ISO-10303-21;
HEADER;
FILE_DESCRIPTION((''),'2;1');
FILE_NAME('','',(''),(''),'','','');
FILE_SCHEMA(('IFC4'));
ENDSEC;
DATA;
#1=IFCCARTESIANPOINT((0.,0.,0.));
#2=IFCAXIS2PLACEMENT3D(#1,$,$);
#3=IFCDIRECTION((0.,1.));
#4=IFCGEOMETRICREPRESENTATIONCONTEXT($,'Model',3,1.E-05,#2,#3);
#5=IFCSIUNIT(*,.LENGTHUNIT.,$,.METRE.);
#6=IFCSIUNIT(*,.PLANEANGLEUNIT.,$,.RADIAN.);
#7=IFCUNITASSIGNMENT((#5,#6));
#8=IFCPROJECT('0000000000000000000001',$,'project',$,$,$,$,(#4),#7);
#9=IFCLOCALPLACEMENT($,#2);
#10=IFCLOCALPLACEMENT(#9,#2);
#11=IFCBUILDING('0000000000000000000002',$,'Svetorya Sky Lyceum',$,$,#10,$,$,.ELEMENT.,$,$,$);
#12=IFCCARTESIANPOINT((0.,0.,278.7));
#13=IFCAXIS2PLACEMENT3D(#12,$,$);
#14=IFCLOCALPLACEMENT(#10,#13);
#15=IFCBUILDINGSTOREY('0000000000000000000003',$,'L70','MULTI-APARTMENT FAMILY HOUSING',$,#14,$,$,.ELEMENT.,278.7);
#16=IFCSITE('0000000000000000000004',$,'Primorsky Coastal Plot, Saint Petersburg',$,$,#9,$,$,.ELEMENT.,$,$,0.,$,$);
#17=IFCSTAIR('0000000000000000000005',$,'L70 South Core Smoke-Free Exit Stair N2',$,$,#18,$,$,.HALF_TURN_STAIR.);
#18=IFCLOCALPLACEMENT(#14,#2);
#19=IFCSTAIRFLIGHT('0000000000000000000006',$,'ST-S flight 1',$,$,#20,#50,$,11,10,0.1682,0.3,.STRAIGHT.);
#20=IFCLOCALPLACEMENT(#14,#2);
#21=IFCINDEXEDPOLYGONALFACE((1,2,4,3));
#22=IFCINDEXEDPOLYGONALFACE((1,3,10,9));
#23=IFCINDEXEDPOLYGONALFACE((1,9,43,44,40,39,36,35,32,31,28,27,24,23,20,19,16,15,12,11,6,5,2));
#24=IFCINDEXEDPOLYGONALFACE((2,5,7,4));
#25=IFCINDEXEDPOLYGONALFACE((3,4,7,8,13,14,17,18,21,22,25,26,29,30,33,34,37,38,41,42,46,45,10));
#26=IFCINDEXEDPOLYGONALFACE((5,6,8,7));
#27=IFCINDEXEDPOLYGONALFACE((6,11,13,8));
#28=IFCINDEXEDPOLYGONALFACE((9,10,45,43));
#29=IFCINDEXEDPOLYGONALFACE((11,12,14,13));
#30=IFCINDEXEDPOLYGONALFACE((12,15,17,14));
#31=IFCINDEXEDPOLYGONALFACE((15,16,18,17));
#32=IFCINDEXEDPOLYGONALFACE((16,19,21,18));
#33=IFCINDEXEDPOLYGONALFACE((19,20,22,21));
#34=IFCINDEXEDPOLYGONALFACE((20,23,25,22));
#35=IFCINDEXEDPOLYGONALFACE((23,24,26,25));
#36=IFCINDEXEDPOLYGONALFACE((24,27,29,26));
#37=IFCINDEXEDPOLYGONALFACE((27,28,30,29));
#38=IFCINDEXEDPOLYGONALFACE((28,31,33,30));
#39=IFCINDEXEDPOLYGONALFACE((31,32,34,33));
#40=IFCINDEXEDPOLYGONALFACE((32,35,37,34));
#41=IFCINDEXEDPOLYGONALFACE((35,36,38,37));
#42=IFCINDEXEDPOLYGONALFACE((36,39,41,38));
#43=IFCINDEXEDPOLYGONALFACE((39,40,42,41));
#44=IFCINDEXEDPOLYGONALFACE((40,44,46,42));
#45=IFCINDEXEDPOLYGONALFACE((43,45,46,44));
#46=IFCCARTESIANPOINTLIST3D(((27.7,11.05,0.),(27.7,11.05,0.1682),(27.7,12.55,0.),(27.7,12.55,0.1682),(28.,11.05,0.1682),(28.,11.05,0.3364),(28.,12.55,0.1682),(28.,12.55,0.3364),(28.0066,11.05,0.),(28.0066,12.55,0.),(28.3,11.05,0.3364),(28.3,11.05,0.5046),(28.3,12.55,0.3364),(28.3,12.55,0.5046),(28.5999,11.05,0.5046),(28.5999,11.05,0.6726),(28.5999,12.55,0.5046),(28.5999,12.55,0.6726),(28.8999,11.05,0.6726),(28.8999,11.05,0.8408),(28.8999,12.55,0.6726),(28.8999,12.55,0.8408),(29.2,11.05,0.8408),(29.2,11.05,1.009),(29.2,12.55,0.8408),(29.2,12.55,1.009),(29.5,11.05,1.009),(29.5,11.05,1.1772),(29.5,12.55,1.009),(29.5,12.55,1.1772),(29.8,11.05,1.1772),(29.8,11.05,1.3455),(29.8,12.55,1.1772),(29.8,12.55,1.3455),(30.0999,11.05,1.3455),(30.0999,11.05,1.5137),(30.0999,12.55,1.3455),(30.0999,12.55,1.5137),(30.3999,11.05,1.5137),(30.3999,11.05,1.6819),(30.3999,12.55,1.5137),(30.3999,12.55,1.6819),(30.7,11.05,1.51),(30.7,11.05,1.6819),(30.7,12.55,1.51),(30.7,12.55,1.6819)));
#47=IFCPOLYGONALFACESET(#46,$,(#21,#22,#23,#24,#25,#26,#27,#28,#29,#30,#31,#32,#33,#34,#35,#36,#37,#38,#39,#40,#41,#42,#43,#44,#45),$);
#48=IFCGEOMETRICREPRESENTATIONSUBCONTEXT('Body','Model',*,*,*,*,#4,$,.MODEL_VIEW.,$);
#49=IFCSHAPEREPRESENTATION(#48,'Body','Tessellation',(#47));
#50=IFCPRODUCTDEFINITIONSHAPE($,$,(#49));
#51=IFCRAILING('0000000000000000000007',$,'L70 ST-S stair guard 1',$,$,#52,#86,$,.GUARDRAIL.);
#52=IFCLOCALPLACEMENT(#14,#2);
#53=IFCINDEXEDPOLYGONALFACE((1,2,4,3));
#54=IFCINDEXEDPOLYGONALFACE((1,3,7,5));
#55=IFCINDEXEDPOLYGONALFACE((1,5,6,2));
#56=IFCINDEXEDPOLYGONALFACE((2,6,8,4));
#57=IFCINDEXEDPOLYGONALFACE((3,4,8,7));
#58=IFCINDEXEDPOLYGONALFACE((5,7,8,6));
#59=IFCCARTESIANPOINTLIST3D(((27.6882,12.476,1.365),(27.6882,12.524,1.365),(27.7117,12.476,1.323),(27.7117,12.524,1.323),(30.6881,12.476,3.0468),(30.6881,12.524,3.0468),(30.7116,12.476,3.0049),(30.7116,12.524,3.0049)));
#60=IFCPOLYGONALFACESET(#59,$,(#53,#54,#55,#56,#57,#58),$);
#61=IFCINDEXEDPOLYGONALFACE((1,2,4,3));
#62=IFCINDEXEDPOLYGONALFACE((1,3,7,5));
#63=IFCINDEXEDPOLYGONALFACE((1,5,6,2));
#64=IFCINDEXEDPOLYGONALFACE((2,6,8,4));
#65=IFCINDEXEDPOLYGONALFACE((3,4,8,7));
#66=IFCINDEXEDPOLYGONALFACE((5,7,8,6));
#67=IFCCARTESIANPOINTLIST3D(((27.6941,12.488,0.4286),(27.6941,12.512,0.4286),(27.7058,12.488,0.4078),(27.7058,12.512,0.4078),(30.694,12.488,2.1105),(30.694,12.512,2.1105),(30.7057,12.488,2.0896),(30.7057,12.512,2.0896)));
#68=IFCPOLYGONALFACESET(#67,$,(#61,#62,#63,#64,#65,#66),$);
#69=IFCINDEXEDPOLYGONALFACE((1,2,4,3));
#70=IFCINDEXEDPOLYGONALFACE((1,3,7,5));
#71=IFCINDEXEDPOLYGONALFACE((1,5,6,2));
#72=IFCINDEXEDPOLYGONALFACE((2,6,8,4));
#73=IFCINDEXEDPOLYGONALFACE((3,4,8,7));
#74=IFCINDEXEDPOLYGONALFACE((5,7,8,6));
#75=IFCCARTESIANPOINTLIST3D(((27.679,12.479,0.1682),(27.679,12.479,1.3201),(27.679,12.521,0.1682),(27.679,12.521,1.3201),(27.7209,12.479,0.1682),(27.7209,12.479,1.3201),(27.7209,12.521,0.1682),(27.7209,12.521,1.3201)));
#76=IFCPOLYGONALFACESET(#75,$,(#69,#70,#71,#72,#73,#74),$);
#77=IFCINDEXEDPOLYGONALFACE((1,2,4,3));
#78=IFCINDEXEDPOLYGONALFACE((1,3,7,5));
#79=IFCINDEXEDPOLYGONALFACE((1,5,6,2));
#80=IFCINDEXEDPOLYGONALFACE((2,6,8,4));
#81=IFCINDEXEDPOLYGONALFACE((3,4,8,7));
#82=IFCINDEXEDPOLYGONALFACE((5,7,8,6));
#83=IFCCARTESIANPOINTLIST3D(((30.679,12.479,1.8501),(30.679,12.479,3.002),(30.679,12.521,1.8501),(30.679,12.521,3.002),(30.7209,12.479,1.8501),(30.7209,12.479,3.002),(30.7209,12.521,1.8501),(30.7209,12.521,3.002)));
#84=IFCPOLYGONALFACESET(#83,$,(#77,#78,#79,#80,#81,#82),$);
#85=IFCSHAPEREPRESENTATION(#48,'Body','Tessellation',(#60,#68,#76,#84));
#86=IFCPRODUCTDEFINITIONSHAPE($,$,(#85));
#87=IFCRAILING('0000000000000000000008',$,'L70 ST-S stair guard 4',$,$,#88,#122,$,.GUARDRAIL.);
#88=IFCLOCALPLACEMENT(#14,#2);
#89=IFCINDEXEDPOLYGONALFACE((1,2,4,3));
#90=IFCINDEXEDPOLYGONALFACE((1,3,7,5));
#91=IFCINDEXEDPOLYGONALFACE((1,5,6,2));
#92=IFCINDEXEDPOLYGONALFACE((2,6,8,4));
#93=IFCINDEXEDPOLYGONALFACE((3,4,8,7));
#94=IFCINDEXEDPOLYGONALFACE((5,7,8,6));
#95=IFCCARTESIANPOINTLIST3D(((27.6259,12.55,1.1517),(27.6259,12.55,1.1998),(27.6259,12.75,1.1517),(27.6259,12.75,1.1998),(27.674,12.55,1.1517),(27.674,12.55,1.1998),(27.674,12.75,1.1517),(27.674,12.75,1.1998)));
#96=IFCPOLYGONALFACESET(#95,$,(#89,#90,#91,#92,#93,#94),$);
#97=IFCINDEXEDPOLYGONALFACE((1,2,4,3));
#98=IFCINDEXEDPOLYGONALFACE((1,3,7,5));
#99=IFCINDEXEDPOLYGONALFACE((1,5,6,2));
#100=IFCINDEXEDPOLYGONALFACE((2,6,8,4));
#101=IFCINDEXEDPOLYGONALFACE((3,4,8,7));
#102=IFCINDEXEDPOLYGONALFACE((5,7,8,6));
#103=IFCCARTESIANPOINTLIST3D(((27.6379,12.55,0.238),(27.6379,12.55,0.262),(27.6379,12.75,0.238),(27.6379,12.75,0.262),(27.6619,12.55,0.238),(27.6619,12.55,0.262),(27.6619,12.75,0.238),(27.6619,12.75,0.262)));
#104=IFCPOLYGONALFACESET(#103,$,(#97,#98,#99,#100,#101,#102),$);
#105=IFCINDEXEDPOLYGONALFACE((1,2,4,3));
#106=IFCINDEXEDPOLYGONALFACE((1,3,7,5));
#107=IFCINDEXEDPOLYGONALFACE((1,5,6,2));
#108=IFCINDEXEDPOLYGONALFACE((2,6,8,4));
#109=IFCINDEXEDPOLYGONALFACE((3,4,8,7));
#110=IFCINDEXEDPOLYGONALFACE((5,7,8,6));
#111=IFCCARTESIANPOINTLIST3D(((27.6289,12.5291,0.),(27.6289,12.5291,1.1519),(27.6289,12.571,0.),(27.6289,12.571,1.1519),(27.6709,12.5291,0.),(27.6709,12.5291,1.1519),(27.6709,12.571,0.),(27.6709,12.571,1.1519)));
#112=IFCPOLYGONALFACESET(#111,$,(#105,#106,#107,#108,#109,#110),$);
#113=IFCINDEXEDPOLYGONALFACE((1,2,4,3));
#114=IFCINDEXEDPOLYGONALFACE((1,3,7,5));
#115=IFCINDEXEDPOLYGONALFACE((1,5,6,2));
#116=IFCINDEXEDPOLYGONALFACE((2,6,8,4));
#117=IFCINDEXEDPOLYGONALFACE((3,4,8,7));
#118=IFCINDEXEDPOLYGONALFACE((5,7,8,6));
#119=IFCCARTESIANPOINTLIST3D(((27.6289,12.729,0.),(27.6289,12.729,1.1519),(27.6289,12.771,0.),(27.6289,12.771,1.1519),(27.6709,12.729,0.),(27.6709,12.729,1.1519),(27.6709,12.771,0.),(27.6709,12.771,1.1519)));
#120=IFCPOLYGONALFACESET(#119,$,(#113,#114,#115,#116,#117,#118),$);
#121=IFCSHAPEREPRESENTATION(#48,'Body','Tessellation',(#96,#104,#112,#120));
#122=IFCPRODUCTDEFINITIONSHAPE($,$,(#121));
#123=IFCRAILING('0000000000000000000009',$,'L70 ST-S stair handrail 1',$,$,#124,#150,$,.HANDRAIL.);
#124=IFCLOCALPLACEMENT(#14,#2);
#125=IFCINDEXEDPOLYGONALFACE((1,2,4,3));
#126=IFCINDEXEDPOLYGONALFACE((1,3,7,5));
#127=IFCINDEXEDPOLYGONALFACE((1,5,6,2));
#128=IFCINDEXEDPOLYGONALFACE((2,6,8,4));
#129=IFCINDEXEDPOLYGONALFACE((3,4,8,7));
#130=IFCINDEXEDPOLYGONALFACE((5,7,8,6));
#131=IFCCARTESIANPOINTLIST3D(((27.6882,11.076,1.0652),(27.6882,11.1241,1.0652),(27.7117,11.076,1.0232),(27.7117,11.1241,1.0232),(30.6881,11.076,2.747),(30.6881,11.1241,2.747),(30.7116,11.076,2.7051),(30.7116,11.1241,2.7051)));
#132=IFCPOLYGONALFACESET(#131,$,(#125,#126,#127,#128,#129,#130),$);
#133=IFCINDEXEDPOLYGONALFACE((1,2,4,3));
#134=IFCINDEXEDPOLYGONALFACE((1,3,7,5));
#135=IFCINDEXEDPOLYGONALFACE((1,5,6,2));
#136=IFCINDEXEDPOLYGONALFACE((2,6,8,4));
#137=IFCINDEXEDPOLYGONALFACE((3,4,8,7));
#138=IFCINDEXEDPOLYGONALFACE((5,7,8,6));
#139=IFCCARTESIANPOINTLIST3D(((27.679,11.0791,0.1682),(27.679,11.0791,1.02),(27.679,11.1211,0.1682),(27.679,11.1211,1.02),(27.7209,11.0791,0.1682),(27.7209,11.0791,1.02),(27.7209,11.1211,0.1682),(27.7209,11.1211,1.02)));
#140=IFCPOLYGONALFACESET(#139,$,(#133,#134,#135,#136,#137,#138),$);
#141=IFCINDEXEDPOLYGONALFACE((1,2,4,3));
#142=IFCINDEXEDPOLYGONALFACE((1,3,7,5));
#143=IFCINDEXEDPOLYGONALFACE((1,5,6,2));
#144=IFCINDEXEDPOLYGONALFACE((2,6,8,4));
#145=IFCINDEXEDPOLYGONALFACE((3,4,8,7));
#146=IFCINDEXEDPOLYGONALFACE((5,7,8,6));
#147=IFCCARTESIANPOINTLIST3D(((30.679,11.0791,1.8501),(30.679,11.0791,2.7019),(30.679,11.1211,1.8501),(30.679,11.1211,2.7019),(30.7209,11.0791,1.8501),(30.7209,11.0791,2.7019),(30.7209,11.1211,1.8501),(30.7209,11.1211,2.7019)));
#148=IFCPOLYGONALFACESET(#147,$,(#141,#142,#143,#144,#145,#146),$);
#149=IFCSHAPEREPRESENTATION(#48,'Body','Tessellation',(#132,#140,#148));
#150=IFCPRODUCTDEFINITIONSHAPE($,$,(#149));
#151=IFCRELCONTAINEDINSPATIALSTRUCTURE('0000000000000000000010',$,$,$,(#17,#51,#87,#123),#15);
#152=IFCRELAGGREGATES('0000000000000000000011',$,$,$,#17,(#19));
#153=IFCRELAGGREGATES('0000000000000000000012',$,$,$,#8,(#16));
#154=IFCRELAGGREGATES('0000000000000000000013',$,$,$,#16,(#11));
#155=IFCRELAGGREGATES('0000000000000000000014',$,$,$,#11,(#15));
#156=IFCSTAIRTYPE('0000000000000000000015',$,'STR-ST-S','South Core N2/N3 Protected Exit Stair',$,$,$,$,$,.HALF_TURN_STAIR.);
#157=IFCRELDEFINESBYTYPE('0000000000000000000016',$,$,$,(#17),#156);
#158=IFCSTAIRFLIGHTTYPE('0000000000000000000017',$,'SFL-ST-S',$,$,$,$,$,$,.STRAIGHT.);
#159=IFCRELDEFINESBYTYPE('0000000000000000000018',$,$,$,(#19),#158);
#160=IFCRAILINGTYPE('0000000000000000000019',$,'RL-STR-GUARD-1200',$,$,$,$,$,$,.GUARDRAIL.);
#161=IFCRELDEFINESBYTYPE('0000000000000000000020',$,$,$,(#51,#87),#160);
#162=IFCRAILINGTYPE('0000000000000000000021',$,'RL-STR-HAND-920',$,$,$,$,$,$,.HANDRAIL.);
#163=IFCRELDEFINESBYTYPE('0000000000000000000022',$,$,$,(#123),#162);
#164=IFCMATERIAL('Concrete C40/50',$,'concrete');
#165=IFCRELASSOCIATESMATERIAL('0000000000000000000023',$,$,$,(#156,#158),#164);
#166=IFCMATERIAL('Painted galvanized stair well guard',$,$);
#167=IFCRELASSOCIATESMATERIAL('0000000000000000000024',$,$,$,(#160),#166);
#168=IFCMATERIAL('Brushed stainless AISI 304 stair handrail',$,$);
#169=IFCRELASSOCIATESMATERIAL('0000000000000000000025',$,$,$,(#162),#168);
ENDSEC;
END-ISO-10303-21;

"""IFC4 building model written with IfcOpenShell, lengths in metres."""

from ifc_helpers import new_model, si_unit, direction, frame, origin, origin_2d, place, context, subcontext, project, spatial, polyline, rectangle, outline, extrude, material, type_object, element, aggregate, save


model = new_model("IFC4")

# Units and contexts
model_context = context("Model", 3, precision=1e-05, world=origin(), true_north=direction((0.0, 1.0)))
body_context = subcontext(model_context, "Body", "Model", "MODEL_VIEW")
ifc_project = project(units=[si_unit("LENGTHUNIT", "METRE"), si_unit("PLANEANGLEUNIT", "RADIAN")], contexts=[model_context])

# Site, building, storey
site_placement = place(None, origin())
site = spatial("IfcSite", under=ifc_project, at=site_placement, Name="Primorsky Coastal Plot, Saint Petersburg", CompositionType="ELEMENT", RefElevation=0.0)
building_placement = place(site_placement, origin())
building = spatial("IfcBuilding", under=site, at=building_placement, Name="Svetorya Sky Lyceum", CompositionType="ELEMENT")
storey_placement = place(building_placement, frame((0.0, 0.0, 278.7)))
storey = spatial("IfcBuildingStorey", under=building, at=storey_placement, Name="L70", Description="MULTI-APARTMENT FAMILY HOUSING", CompositionType="ELEMENT", Elevation=278.7)

# Shared definitions
ifc_material_1 = material(Name="Concrete C40/50", Category="concrete")

# Stair, stair flight
stair_type = type_object("IfcStairType", Name="STR-ST-S", Description="South Core N2/N3 Protected Exit Stair", PredefinedType="HALF_TURN_STAIR", material=ifc_material_1)
stair_placement = place(storey_placement, origin())
stair = element("IfcStair", 1, at=stair_placement, inside=storey, type_object=stair_type, Name="L70 South Core Smoke-Free Exit Stair N2", PredefinedType="HALF_TURN_STAIR")
stair_flight_type = type_object("IfcStairFlightType", Name="SFL-ST-S", PredefinedType="STRAIGHT", material=ifc_material_1)
stair_flight_placement = place(storey_placement, frame((27.7, 11.8, 0.0), z_axis=(0.0, 0.0, 1.0), x_axis=(1.0, 0.0, 0.0)))
stair_flight = element("IfcStairFlight", 2, at=stair_flight_placement, type_object=stair_flight_type, Name="ST-S flight 1", NumberOfRisers=11, NumberOfTreads=10, PredefinedType="STRAIGHT", RiserHeight=0.1682, TreadLength=0.3, context=body_context, shape_type="SweptSolid", body=[
    extrude(outline(polyline([(0.0, 0.0), (0.0, 0.1682), (0.3, 0.1682), (0.3, 0.3364), (0.6001, 0.3364), (0.6001, 0.5046), (0.8999, 0.5046), (0.8999, 0.6726), (1.2, 0.6726), (1.2, 0.8408), (1.5, 0.8408), (1.5, 1.009), (1.8, 1.009), (1.8, 1.1772), (2.1001, 1.1772), (2.1001, 1.3455), (2.3999, 1.3455), (2.3999, 1.5137), (2.7, 1.5137), (2.7, 1.6819), (3.0, 1.6819), (3.0, 1.8501), (3.0, 1.51), (0.3066, 0.0), (0.0, 0.0)])), frame((0.0, 0.75, 0.0), z_axis=(0.0, -1.0, 0.0), x_axis=(1.0, 0.0, 0.0)), (0.0, 0.0, 1.0), 1.5),
])
aggregate(stair, [stair_flight])

# Railings
ifc_material_2 = material(Name="Painted galvanized stair well guard")
railing_type_1 = type_object("IfcRailingType", Name="RL-STR-GUARD-1200", PredefinedType="GUARDRAIL", material=ifc_material_2)
railing_1_placement = place(storey_placement, frame((27.7, 12.5, 0.1682)))
element("IfcRailing", 3, at=railing_1_placement, inside=storey, type_object=railing_type_1, Name="L70 ST-S stair guard 1", PredefinedType="GUARDRAIL", context=body_context, shape_type="SweptSolid", body=[
    extrude(rectangle(XDim=0.0481, YDim=0.0481, at=origin_2d()), frame((0.0, 0.0, 1.1758), z_axis=(0.872272, 0.0, 0.48902), x_axis=(0.0, 1.0, 0.0)), (0.0, 0.0, 1.0), 3.4392),
    extrude(rectangle(XDim=0.0239, YDim=0.0239, at=origin_2d()), frame((0.0, 0.0, 0.25), z_axis=(0.872272, 0.0, 0.48902), x_axis=(0.0, 1.0, 0.0)), (0.0, 0.0, 1.0), 3.4392),
    extrude(rectangle(XDim=0.042, YDim=0.042, at=origin_2d()), origin(), (0.0, 0.0, 1.0), 1.1519),
    extrude(rectangle(XDim=0.042, YDim=0.042, at=origin_2d()), frame((3.0, 0.0, 1.6819)), (0.0, 0.0, 1.0), 1.1519),
])
railing_2_placement = place(storey_placement, frame((27.6499, 12.55, 0.0)))
element("IfcRailing", 4, at=railing_2_placement, inside=storey, type_object=railing_type_1, Name="L70 ST-S stair guard 4", PredefinedType="GUARDRAIL", context=body_context, shape_type="SweptSolid", body=[
    extrude(rectangle(XDim=0.0481, YDim=0.0481, at=origin_2d()), frame((0.0, 0.0, 1.1758), z_axis=(0.0, 1.0, 0.0), x_axis=(-1.0, 0.0, 0.0)), (0.0, 0.0, 1.0), 0.2),
    extrude(rectangle(XDim=0.0239, YDim=0.0239, at=origin_2d()), frame((0.0, 0.0, 0.25), z_axis=(0.0, 1.0, 0.0), x_axis=(-1.0, 0.0, 0.0)), (0.0, 0.0, 1.0), 0.2),
    extrude(rectangle(XDim=0.042, YDim=0.042, at=origin_2d()), origin(), (0.0, 0.0, 1.0), 1.1519),
    extrude(rectangle(XDim=0.042, YDim=0.042, at=origin_2d()), frame((0.0, 0.2, 0.0)), (0.0, 0.0, 1.0), 1.1519),
])
ifc_material_3 = material(Name="Brushed stainless AISI 304 stair handrail")
railing_type_2 = type_object("IfcRailingType", Name="RL-STR-HAND-920", PredefinedType="HANDRAIL", material=ifc_material_3)
railing_3_placement = place(storey_placement, frame((27.7, 11.1001, 0.1682)))
element("IfcRailing", 5, at=railing_3_placement, inside=storey, type_object=railing_type_2, Name="L70 ST-S stair handrail 1", PredefinedType="HANDRAIL", context=body_context, shape_type="SweptSolid", body=[
    extrude(rectangle(XDim=0.0481, YDim=0.0481, at=origin_2d()), frame((0.0, 0.0, 0.876), z_axis=(0.872272, 0.0, 0.48902), x_axis=(0.0, 1.0, 0.0)), (0.0, 0.0, 1.0), 3.4392),
    extrude(rectangle(XDim=0.042, YDim=0.042, at=origin_2d()), origin(), (0.0, 0.0, 1.0), 0.8518),
    extrude(rectangle(XDim=0.042, YDim=0.042, at=origin_2d()), frame((3.0, 0.0, 1.6819)), (0.0, 0.0, 1.0), 0.8518),
])

save(model, "model.ifc")
